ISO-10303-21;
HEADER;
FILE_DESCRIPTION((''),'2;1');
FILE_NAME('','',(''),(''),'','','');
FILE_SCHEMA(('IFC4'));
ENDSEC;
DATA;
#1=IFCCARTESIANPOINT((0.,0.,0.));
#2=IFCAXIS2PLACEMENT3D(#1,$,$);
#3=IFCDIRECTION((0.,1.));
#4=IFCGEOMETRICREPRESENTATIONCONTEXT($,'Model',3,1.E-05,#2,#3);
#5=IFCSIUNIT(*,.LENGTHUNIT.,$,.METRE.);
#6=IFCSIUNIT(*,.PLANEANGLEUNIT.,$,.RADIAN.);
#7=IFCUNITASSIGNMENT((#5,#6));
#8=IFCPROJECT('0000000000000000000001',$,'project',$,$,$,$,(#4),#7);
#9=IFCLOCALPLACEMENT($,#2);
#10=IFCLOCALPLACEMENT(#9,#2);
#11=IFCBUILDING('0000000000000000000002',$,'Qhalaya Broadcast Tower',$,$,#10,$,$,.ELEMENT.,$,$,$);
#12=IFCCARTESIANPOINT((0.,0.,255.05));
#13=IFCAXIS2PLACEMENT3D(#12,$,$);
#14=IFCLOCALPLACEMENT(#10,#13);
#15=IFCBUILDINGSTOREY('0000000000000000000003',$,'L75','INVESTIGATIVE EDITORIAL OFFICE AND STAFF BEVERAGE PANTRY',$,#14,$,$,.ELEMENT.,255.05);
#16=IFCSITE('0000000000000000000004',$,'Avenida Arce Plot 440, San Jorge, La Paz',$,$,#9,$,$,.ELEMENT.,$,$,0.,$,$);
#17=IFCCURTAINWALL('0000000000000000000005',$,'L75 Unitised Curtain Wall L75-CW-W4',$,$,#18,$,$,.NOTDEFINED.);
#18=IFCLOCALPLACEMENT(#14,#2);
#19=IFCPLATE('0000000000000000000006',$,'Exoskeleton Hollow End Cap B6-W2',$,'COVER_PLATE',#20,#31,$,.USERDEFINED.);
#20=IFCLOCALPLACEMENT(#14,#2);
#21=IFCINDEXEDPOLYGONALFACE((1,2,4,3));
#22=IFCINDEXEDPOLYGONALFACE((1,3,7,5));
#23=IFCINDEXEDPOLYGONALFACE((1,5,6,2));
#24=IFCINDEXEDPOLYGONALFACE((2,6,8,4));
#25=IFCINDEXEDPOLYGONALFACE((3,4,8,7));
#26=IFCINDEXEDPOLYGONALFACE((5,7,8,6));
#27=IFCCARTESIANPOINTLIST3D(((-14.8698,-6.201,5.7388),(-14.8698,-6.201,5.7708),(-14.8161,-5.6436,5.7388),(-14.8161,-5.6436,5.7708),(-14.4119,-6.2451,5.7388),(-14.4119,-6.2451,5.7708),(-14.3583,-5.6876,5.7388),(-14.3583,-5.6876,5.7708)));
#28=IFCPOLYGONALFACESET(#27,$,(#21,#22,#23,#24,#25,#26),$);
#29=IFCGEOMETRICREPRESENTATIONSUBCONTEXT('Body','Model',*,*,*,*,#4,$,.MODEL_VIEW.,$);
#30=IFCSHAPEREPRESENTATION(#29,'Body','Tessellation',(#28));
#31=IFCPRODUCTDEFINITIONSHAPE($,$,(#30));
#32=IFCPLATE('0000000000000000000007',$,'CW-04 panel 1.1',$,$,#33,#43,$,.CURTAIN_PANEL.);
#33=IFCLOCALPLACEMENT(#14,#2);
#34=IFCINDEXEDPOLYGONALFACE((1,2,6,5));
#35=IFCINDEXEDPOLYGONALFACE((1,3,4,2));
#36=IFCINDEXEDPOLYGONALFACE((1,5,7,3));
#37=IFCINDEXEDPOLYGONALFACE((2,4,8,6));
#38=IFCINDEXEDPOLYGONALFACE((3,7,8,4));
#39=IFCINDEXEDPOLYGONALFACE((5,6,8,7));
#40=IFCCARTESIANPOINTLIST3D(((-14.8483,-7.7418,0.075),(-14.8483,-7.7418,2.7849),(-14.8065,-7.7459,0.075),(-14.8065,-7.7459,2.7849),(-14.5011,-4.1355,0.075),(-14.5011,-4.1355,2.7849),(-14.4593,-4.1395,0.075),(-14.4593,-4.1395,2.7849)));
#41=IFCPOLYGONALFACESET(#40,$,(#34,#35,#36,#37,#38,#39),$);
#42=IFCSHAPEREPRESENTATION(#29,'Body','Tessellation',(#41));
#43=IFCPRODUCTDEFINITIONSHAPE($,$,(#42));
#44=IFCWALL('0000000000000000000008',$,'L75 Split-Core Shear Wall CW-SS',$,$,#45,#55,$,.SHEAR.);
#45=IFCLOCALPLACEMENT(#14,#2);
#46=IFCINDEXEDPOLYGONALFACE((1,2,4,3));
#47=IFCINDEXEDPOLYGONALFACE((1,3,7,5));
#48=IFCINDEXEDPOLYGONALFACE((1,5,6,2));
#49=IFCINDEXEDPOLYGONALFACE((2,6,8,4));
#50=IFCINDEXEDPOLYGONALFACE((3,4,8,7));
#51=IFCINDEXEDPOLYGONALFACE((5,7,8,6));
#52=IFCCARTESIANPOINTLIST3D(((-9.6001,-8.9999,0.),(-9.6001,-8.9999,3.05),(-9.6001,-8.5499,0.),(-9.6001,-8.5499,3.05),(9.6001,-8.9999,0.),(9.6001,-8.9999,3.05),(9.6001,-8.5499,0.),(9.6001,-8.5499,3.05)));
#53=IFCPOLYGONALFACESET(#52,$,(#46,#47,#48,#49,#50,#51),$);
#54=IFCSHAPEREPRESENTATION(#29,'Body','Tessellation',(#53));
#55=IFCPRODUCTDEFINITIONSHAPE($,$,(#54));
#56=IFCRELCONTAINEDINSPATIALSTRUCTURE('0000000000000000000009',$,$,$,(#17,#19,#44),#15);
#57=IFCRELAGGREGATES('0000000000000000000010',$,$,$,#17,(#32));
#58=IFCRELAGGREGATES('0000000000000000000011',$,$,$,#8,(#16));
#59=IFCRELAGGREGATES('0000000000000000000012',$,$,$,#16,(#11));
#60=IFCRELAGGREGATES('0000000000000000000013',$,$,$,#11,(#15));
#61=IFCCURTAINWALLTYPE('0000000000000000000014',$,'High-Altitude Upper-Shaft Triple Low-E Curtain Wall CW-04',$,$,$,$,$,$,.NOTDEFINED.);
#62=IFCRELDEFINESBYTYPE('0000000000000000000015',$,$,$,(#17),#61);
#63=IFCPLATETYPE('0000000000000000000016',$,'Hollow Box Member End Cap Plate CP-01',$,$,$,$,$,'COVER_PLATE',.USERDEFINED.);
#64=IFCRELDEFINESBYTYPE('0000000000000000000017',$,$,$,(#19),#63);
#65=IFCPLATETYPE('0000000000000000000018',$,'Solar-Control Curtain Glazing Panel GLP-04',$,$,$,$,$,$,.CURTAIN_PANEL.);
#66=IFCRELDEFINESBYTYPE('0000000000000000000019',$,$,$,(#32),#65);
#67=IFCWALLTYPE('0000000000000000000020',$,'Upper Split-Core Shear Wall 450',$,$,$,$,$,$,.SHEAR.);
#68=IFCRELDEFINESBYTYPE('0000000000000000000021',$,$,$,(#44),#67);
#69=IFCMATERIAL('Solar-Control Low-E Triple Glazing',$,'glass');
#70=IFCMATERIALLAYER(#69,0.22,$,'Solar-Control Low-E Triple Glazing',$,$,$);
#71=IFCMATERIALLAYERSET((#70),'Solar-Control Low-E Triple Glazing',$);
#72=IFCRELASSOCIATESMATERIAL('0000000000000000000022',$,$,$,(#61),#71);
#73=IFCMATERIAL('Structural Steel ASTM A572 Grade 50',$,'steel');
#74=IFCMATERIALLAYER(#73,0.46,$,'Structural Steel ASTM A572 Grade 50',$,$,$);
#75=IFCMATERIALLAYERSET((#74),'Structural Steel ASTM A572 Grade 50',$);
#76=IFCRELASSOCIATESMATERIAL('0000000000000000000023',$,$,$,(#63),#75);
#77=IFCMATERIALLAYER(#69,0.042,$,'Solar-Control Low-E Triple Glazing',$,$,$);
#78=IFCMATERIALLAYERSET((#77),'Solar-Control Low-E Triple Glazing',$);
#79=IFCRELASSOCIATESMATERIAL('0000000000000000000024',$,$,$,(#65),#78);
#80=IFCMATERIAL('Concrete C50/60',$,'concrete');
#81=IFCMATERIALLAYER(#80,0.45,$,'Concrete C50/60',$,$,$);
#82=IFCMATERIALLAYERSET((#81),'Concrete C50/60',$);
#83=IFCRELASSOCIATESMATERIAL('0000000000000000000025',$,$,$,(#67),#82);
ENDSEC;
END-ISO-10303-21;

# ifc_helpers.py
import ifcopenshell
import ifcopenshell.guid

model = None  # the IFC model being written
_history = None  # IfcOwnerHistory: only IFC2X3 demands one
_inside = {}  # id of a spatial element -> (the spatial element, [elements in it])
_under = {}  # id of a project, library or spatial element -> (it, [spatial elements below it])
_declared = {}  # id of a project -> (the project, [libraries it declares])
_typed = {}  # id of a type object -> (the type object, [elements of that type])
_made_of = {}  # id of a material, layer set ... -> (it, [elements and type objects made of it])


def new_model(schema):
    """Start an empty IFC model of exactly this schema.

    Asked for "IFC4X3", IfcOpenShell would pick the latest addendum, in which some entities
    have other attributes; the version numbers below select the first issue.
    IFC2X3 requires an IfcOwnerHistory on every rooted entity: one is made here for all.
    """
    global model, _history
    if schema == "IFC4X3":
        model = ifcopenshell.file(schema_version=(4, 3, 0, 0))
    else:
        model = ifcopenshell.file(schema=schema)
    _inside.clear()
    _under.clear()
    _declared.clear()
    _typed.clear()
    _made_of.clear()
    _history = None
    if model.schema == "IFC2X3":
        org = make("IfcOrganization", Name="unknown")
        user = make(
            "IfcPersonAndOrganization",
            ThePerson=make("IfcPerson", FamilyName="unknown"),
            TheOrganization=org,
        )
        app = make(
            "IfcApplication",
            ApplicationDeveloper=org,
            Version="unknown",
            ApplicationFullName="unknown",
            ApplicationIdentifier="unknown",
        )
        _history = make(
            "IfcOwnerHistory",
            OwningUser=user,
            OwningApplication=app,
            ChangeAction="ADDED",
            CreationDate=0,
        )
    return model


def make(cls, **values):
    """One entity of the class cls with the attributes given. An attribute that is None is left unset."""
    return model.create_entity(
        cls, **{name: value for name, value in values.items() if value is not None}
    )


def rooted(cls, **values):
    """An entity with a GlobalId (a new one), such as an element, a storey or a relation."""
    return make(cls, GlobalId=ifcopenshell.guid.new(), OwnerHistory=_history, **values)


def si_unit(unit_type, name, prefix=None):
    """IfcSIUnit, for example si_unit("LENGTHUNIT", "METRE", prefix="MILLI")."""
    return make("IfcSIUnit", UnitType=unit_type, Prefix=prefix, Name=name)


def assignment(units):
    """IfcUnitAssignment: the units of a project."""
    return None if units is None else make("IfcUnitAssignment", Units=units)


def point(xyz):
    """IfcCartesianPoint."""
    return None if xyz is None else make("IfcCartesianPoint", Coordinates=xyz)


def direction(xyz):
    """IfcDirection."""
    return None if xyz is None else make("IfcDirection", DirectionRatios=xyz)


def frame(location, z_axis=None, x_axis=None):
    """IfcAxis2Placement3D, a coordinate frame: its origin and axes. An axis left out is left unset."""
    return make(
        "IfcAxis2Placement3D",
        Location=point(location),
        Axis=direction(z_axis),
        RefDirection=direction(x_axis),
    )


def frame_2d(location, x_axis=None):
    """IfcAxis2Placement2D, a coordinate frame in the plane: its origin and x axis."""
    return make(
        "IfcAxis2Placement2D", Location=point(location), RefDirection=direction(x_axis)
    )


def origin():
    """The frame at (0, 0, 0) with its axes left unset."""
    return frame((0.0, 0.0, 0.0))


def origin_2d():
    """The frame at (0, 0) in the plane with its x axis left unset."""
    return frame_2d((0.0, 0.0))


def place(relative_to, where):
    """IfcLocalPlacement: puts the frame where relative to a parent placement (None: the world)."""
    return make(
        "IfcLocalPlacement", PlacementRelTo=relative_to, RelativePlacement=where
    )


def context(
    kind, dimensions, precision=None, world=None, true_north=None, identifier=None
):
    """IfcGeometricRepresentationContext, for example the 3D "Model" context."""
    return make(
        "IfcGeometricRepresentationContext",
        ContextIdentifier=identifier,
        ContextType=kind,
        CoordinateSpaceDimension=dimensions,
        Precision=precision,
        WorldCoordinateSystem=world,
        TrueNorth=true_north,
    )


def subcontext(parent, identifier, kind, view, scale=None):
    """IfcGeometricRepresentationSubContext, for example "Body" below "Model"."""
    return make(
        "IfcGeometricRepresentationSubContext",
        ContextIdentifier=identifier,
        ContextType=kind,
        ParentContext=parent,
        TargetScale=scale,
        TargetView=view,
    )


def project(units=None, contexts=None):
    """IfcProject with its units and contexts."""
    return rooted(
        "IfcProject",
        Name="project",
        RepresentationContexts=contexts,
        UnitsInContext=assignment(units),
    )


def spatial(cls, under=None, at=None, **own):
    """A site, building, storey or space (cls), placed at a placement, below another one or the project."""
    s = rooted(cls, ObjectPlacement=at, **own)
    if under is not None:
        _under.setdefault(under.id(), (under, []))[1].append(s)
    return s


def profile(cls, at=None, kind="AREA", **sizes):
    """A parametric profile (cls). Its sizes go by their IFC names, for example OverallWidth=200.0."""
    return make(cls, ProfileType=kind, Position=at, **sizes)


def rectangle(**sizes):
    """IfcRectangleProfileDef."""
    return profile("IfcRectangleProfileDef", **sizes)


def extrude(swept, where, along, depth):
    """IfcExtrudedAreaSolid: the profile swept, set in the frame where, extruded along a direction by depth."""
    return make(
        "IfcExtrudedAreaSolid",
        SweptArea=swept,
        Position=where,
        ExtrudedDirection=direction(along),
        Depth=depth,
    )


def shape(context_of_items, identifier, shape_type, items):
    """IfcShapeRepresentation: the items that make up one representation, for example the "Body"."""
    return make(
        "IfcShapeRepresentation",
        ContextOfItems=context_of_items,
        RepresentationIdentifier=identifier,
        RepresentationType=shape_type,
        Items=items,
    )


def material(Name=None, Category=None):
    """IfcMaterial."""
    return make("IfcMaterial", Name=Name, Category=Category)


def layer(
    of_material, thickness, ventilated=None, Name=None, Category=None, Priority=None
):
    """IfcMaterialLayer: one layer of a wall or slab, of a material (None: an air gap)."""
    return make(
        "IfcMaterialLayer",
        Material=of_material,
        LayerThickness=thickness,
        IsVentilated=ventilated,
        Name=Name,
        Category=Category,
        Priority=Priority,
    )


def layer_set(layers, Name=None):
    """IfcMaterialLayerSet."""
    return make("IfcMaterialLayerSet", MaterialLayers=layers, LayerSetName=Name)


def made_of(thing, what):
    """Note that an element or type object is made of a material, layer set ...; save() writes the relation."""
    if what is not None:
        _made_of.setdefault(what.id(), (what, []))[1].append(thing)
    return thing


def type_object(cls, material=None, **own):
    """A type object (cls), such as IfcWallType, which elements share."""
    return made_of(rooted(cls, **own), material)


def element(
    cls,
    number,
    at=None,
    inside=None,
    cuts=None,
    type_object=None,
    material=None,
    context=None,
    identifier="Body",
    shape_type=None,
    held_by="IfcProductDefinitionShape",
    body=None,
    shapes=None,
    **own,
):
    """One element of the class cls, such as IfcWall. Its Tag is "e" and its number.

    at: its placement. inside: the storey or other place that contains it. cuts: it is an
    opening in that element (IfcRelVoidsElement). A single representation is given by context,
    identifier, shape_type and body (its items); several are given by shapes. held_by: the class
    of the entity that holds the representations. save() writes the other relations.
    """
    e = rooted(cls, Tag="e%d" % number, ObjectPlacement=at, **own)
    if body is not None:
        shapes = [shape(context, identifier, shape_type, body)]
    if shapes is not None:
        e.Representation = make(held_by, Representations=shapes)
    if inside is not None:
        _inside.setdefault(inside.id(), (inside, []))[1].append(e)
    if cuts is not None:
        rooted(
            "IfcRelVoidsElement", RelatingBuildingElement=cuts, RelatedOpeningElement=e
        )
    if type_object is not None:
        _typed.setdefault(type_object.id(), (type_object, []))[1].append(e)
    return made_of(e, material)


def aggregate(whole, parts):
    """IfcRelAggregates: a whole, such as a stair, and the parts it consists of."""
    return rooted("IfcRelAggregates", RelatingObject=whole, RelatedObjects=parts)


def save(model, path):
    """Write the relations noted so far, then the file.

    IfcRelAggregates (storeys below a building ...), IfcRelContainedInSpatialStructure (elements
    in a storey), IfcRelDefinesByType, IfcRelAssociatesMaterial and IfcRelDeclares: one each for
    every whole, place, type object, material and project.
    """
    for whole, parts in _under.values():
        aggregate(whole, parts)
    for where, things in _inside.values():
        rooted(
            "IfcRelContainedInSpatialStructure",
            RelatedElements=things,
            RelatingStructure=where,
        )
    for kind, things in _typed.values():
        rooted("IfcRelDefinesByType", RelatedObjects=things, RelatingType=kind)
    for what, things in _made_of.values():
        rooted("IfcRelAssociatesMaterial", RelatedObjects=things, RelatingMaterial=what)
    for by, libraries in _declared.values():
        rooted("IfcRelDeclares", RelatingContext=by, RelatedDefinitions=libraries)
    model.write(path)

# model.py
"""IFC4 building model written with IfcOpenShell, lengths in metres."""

from ifc_helpers import new_model, si_unit, direction, frame, frame_2d, origin, origin_2d, place, context, subcontext, project, spatial, rectangle, extrude, material, layer, layer_set, type_object, element, aggregate, save


model = new_model("IFC4")

# Units and contexts
model_context = context("Model", 3, precision=1e-05, world=origin(), true_north=direction((0.0, 1.0)))
body_context = subcontext(model_context, "Body", "Model", "MODEL_VIEW")
ifc_project = project(units=[si_unit("LENGTHUNIT", "METRE"), si_unit("PLANEANGLEUNIT", "RADIAN")], contexts=[model_context])

# Site, building, storey
site_placement = place(None, origin())
site = spatial("IfcSite", under=ifc_project, at=site_placement, Name="Avenida Arce Plot 440, San Jorge, La Paz", CompositionType="ELEMENT", RefElevation=0.0)
building_placement = place(site_placement, origin())
building = spatial("IfcBuilding", under=site, at=building_placement, Name="Qhalaya Broadcast Tower", CompositionType="ELEMENT")
storey_placement = place(building_placement, frame((0.0, 0.0, 255.05)))
storey = spatial("IfcBuildingStorey", under=building, at=storey_placement, Name="L75", Description="INVESTIGATIVE EDITORIAL OFFICE AND STAFF BEVERAGE PANTRY", CompositionType="ELEMENT", Elevation=255.05)

# Shared definitions
ifc_material_1 = material(Name="Structural Steel ASTM A572 Grade 50", Category="steel")

# Curtain wall
ifc_material_2 = material(Name="Solar-Control Low-E Triple Glazing", Category="glass")
ifc_layer_1 = layer(ifc_material_2, 0.22, Name="Solar-Control Low-E Triple Glazing")
ifc_layer_set_1 = layer_set([ifc_layer_1], Name="Solar-Control Low-E Triple Glazing")
curtain_wall_type_1 = type_object("IfcCurtainWallType", Name="High-Altitude Upper-Shaft Triple Low-E Curtain Wall CW-04", PredefinedType="NOTDEFINED", material=ifc_layer_set_1)
curtain_wall_1_placement = place(storey_placement, origin())
curtain_wall_1 = element("IfcCurtainWall", 1, at=curtain_wall_1_placement, inside=storey, type_object=curtain_wall_type_1, Name="L75 Unitised Curtain Wall L75-CW-W4", PredefinedType="NOTDEFINED")

# Plate
ifc_layer_2 = layer(ifc_material_1, 0.46, Name="Structural Steel ASTM A572 Grade 50")
ifc_layer_set_2 = layer_set([ifc_layer_2], Name="Structural Steel ASTM A572 Grade 50")
plate_type_1 = type_object("IfcPlateType", Name="Hollow Box Member End Cap Plate CP-01", ElementType="COVER_PLATE", PredefinedType="USERDEFINED", material=ifc_layer_set_2)
plate_1_placement = place(storey_placement, frame((-14.614, -5.9443, 5.7388), z_axis=(0.0, 0.0, 1.0), x_axis=(0.095846, 0.995396, 0.0)))
element("IfcPlate", 2, at=plate_1_placement, inside=storey, type_object=plate_type_1, Name="Exoskeleton Hollow End Cap B6-W2", ObjectType="COVER_PLATE", PredefinedType="USERDEFINED", context=body_context, shape_type="SweptSolid", body=[
    extrude(rectangle(XDim=0.5601, YDim=0.46, at=origin_2d()), origin(), (0.0, 0.0, 1.0), 0.032),
])

# Plate
ifc_layer_3 = layer(ifc_material_2, 0.042, Name="Solar-Control Low-E Triple Glazing")
ifc_layer_set_3 = layer_set([ifc_layer_3], Name="Solar-Control Low-E Triple Glazing")
plate_type_2 = type_object("IfcPlateType", Name="Solar-Control Curtain Glazing Panel GLP-04", PredefinedType="CURTAIN_PANEL", material=ifc_layer_set_3)
plate_2_placement = place(storey_placement, frame((-14.6538, -5.9407, 0.075), z_axis=(0.0, 0.0, 1.0), x_axis=(-0.09584, -0.995397, 0.0)))
plate_2 = element("IfcPlate", 3, at=plate_2_placement, type_object=plate_type_2, Name="CW-04 panel 1.1", PredefinedType="CURTAIN_PANEL", context=body_context, shape_type="SweptSolid", body=[
    extrude(rectangle(XDim=3.623, YDim=0.042, at=origin_2d()), origin(), (0.0, 0.0, 1.0), 2.71),
])
aggregate(curtain_wall_1, [plate_2])

# Wall
ifc_material_3 = material(Name="Concrete C50/60", Category="concrete")
ifc_layer_4 = layer(ifc_material_3, 0.45, Name="Concrete C50/60")
ifc_layer_set_4 = layer_set([ifc_layer_4], Name="Concrete C50/60")
wall_type = type_object("IfcWallType", Name="Upper Split-Core Shear Wall 450", PredefinedType="SHEAR", material=ifc_layer_set_4)
wall_placement = place(storey_placement, frame((-9.6001, -8.7749, 0.0), z_axis=(0.0, 0.0, 1.0), x_axis=(1.0, 0.0, 0.0)))
element("IfcWall", 4, at=wall_placement, inside=storey, type_object=wall_type, Name="L75 Split-Core Shear Wall CW-SS", PredefinedType="SHEAR", context=body_context, shape_type="SweptSolid", body=[
    extrude(rectangle(XDim=19.2002, YDim=0.45, at=frame_2d((9.6001, 0.0))), origin(), (0.0, 0.0, 1.0), 3.05),
])

save(model, "model.ifc")
